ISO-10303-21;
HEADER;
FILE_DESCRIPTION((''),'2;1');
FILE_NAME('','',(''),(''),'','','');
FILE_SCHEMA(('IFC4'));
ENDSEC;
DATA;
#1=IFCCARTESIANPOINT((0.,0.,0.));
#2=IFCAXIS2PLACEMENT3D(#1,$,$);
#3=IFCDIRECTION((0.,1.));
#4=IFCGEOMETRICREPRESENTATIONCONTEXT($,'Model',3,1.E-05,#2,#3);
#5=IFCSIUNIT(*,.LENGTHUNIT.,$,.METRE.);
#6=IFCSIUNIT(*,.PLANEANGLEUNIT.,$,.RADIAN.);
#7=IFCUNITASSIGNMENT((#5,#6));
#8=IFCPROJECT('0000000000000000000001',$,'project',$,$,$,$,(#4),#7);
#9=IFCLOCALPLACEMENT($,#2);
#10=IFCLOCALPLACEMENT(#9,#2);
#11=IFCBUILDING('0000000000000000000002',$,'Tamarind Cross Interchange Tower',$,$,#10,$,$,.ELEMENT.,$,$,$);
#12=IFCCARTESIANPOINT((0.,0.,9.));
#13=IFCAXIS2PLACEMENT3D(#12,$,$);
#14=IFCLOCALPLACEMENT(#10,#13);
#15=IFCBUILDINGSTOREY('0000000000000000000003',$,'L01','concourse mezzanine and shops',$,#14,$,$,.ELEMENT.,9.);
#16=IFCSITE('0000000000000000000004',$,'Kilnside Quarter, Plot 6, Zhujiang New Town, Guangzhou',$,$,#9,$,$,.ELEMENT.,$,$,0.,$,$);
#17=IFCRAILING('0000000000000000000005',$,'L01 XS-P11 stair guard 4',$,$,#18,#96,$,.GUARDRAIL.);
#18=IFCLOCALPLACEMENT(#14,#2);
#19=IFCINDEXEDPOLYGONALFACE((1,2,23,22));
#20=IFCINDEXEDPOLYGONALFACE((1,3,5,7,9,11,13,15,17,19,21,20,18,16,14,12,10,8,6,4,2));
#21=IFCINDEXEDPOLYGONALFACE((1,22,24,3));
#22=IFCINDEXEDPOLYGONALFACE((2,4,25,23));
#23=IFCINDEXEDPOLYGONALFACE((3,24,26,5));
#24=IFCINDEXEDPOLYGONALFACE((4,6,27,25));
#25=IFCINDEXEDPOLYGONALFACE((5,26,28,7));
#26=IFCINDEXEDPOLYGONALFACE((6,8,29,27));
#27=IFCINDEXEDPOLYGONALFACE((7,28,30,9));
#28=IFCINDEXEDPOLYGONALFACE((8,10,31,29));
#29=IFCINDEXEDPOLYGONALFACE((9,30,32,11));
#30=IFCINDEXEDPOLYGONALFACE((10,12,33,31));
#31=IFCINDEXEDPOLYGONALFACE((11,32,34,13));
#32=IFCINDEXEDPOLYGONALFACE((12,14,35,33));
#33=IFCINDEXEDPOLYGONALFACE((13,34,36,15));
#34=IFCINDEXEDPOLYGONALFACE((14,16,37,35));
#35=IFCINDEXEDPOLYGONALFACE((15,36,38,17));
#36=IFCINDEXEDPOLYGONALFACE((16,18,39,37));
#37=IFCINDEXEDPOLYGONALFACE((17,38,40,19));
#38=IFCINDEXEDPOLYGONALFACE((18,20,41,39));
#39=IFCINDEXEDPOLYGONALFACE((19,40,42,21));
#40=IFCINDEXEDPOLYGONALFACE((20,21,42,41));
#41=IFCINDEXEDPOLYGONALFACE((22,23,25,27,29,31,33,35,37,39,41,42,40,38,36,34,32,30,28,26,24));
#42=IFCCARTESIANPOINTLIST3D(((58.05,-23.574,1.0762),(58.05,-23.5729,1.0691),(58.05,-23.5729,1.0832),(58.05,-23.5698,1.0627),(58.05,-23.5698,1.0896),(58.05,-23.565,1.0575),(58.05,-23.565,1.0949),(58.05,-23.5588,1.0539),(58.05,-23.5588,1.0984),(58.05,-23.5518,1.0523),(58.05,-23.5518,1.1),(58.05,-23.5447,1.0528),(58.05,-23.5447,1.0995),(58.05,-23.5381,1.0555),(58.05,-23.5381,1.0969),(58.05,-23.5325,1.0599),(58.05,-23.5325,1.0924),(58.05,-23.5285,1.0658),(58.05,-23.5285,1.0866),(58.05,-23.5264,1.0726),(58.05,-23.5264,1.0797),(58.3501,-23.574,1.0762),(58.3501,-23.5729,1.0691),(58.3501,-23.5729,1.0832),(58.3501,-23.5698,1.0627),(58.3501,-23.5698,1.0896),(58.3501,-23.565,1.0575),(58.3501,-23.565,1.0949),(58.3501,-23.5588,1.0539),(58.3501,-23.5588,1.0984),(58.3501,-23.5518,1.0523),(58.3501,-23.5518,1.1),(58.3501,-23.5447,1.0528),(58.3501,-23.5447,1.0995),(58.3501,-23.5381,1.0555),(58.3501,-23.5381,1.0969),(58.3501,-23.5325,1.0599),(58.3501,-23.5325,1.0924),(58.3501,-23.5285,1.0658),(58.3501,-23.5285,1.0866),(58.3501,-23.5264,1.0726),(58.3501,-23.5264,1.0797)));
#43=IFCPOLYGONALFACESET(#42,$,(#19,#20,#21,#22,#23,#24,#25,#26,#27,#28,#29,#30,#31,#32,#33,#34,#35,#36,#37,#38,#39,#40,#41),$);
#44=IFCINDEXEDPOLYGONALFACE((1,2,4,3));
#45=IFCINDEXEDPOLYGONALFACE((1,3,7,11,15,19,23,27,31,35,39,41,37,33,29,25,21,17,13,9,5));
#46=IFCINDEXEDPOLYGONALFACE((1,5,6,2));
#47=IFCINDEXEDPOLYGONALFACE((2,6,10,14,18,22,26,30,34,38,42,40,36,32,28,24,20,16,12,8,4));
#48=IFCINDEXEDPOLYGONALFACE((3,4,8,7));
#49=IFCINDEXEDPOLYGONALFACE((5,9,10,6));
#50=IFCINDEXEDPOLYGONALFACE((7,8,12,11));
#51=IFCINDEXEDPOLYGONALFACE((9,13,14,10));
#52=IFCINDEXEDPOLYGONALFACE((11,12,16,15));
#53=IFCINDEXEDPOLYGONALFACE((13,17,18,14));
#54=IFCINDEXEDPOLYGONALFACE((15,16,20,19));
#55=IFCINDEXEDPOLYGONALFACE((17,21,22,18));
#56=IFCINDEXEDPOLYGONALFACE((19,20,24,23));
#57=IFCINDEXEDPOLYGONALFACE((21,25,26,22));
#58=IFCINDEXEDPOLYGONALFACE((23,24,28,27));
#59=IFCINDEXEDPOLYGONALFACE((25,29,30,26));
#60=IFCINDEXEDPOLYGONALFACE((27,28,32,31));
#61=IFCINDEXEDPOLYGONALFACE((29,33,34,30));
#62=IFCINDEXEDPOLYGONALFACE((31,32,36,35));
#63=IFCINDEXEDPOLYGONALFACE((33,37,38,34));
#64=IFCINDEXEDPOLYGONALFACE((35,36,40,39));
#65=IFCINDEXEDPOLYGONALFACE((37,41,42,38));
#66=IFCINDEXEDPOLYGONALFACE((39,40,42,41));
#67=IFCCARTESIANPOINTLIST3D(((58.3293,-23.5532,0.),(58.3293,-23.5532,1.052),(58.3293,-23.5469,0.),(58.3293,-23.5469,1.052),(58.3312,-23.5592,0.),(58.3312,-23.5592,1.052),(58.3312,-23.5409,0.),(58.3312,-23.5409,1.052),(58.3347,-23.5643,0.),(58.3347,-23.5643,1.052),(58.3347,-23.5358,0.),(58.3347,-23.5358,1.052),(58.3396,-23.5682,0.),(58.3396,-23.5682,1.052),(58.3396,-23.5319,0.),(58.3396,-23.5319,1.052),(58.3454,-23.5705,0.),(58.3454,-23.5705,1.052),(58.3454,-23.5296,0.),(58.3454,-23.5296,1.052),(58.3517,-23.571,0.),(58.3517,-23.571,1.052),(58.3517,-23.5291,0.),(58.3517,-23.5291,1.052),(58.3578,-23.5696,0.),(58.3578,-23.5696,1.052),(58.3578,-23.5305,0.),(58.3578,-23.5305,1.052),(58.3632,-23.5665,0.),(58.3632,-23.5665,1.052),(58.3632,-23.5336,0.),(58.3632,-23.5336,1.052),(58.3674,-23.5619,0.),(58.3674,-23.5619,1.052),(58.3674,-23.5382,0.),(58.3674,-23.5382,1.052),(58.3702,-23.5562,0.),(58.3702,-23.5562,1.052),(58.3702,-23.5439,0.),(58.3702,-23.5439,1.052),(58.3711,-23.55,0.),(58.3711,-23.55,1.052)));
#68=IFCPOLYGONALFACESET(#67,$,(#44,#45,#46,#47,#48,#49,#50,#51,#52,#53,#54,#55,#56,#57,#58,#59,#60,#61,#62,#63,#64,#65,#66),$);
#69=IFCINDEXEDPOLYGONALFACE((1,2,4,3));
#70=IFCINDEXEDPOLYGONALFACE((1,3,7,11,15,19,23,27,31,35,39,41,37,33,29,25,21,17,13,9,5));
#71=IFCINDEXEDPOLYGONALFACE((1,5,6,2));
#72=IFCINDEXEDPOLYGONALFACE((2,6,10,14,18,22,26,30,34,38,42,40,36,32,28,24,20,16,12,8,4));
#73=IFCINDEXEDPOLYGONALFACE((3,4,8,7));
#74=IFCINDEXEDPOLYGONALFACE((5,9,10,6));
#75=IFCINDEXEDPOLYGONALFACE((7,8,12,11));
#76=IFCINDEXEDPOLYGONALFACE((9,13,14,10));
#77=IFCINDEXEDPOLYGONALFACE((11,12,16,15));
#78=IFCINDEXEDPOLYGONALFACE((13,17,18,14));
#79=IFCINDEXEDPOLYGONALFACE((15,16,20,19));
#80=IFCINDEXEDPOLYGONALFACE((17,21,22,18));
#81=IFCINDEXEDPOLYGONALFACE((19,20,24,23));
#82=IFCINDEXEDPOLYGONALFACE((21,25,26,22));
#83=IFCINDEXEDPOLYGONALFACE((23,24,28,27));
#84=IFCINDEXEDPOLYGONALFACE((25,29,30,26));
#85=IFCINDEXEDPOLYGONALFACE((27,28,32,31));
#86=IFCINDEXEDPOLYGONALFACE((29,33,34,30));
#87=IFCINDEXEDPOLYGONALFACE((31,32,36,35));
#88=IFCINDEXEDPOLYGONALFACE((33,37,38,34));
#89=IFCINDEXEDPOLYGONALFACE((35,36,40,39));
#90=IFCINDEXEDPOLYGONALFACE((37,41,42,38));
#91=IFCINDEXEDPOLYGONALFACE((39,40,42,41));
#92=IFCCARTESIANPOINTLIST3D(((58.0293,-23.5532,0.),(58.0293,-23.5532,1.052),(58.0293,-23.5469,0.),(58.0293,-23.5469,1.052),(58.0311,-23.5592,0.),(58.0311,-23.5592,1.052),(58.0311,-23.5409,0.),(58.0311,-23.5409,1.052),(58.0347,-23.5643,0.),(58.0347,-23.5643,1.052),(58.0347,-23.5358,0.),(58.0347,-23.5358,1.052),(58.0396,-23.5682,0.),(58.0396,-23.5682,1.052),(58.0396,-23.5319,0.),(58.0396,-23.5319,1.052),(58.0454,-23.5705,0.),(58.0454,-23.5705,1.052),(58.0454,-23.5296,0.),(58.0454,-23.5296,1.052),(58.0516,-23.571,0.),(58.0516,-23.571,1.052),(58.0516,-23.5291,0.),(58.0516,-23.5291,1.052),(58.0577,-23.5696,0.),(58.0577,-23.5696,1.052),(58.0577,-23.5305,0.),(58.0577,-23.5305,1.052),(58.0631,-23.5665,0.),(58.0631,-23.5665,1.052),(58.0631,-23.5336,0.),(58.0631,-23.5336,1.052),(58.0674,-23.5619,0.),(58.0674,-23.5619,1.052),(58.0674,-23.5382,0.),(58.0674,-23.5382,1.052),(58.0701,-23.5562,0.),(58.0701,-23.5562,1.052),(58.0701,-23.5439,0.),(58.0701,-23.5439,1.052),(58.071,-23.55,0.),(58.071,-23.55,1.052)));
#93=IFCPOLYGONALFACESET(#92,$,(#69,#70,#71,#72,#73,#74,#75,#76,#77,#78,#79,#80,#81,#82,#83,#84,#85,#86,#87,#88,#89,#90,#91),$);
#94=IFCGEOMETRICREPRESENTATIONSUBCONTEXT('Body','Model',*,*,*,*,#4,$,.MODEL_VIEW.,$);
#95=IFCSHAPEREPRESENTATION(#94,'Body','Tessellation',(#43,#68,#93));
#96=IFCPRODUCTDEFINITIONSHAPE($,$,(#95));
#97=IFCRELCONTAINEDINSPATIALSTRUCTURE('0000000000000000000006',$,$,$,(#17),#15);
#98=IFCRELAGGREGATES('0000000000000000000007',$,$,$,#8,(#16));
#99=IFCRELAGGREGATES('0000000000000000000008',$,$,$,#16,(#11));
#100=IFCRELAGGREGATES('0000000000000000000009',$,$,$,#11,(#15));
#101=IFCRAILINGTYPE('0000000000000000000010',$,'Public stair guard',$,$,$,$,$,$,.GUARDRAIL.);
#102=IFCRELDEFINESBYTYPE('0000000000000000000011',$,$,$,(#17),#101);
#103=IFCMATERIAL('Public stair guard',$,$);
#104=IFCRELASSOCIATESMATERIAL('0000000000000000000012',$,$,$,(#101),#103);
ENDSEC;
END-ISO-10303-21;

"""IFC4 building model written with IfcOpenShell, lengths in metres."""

from ifc_helpers import new_model, si_unit, direction, frame, origin, origin_2d, place, context, subcontext, project, spatial, circle, extrude, material, type_object, element, save


model = new_model("IFC4")

# Units and contexts
model_context = context("Model", 3, precision=1e-05, world=origin(), true_north=direction((0.0, 1.0)))
body_context = subcontext(model_context, "Body", "Model", "MODEL_VIEW")
ifc_project = project(units=[si_unit("LENGTHUNIT", "METRE"), si_unit("PLANEANGLEUNIT", "RADIAN")], contexts=[model_context])

# Site, building, storey
site_placement = place(None, origin())
site = spatial("IfcSite", under=ifc_project, at=site_placement, Name="Kilnside Quarter, Plot 6, Zhujiang New Town, Guangzhou", CompositionType="ELEMENT", RefElevation=0.0)
building_placement = place(site_placement, origin())
building = spatial("IfcBuilding", under=site, at=building_placement, Name="Tamarind Cross Interchange Tower", CompositionType="ELEMENT")
storey_placement = place(building_placement, frame((0.0, 0.0, 9.0)))
storey = spatial("IfcBuildingStorey", under=building, at=storey_placement, Name="L01", Description="concourse mezzanine and shops", CompositionType="ELEMENT", Elevation=9.0)

# Railing
ifc_material_1 = material(Name="Public stair guard")
railing_type_1 = type_object("IfcRailingType", Name="Public stair guard", PredefinedType="GUARDRAIL", material=ifc_material_1)
railing_1_placement = place(storey_placement, frame((58.3501, -23.55, 0.0)))
element("IfcRailing", 1, at=railing_1_placement, inside=storey, type_object=railing_type_1, Name="L01 XS-P11 stair guard 4", PredefinedType="GUARDRAIL", context=body_context, shape_type="SweptSolid", body=[
    extrude(circle(Radius=0.0239, at=origin_2d()), frame((0.0, 0.0, 1.0762), z_axis=(-1.0, 0.0, 0.0), x_axis=(0.0, -1.0, 0.0)), (0.0, 0.0, 1.0), 0.3),
    extrude(circle(Radius=0.021, at=origin_2d()), origin(), (0.0, 0.0, 1.0), 1.052),
    extrude(circle(Radius=0.021, at=origin_2d()), frame((-0.3, 0.0, 0.0)), (0.0, 0.0, 1.0), 1.052),
])

save(model, "model.ifc")
